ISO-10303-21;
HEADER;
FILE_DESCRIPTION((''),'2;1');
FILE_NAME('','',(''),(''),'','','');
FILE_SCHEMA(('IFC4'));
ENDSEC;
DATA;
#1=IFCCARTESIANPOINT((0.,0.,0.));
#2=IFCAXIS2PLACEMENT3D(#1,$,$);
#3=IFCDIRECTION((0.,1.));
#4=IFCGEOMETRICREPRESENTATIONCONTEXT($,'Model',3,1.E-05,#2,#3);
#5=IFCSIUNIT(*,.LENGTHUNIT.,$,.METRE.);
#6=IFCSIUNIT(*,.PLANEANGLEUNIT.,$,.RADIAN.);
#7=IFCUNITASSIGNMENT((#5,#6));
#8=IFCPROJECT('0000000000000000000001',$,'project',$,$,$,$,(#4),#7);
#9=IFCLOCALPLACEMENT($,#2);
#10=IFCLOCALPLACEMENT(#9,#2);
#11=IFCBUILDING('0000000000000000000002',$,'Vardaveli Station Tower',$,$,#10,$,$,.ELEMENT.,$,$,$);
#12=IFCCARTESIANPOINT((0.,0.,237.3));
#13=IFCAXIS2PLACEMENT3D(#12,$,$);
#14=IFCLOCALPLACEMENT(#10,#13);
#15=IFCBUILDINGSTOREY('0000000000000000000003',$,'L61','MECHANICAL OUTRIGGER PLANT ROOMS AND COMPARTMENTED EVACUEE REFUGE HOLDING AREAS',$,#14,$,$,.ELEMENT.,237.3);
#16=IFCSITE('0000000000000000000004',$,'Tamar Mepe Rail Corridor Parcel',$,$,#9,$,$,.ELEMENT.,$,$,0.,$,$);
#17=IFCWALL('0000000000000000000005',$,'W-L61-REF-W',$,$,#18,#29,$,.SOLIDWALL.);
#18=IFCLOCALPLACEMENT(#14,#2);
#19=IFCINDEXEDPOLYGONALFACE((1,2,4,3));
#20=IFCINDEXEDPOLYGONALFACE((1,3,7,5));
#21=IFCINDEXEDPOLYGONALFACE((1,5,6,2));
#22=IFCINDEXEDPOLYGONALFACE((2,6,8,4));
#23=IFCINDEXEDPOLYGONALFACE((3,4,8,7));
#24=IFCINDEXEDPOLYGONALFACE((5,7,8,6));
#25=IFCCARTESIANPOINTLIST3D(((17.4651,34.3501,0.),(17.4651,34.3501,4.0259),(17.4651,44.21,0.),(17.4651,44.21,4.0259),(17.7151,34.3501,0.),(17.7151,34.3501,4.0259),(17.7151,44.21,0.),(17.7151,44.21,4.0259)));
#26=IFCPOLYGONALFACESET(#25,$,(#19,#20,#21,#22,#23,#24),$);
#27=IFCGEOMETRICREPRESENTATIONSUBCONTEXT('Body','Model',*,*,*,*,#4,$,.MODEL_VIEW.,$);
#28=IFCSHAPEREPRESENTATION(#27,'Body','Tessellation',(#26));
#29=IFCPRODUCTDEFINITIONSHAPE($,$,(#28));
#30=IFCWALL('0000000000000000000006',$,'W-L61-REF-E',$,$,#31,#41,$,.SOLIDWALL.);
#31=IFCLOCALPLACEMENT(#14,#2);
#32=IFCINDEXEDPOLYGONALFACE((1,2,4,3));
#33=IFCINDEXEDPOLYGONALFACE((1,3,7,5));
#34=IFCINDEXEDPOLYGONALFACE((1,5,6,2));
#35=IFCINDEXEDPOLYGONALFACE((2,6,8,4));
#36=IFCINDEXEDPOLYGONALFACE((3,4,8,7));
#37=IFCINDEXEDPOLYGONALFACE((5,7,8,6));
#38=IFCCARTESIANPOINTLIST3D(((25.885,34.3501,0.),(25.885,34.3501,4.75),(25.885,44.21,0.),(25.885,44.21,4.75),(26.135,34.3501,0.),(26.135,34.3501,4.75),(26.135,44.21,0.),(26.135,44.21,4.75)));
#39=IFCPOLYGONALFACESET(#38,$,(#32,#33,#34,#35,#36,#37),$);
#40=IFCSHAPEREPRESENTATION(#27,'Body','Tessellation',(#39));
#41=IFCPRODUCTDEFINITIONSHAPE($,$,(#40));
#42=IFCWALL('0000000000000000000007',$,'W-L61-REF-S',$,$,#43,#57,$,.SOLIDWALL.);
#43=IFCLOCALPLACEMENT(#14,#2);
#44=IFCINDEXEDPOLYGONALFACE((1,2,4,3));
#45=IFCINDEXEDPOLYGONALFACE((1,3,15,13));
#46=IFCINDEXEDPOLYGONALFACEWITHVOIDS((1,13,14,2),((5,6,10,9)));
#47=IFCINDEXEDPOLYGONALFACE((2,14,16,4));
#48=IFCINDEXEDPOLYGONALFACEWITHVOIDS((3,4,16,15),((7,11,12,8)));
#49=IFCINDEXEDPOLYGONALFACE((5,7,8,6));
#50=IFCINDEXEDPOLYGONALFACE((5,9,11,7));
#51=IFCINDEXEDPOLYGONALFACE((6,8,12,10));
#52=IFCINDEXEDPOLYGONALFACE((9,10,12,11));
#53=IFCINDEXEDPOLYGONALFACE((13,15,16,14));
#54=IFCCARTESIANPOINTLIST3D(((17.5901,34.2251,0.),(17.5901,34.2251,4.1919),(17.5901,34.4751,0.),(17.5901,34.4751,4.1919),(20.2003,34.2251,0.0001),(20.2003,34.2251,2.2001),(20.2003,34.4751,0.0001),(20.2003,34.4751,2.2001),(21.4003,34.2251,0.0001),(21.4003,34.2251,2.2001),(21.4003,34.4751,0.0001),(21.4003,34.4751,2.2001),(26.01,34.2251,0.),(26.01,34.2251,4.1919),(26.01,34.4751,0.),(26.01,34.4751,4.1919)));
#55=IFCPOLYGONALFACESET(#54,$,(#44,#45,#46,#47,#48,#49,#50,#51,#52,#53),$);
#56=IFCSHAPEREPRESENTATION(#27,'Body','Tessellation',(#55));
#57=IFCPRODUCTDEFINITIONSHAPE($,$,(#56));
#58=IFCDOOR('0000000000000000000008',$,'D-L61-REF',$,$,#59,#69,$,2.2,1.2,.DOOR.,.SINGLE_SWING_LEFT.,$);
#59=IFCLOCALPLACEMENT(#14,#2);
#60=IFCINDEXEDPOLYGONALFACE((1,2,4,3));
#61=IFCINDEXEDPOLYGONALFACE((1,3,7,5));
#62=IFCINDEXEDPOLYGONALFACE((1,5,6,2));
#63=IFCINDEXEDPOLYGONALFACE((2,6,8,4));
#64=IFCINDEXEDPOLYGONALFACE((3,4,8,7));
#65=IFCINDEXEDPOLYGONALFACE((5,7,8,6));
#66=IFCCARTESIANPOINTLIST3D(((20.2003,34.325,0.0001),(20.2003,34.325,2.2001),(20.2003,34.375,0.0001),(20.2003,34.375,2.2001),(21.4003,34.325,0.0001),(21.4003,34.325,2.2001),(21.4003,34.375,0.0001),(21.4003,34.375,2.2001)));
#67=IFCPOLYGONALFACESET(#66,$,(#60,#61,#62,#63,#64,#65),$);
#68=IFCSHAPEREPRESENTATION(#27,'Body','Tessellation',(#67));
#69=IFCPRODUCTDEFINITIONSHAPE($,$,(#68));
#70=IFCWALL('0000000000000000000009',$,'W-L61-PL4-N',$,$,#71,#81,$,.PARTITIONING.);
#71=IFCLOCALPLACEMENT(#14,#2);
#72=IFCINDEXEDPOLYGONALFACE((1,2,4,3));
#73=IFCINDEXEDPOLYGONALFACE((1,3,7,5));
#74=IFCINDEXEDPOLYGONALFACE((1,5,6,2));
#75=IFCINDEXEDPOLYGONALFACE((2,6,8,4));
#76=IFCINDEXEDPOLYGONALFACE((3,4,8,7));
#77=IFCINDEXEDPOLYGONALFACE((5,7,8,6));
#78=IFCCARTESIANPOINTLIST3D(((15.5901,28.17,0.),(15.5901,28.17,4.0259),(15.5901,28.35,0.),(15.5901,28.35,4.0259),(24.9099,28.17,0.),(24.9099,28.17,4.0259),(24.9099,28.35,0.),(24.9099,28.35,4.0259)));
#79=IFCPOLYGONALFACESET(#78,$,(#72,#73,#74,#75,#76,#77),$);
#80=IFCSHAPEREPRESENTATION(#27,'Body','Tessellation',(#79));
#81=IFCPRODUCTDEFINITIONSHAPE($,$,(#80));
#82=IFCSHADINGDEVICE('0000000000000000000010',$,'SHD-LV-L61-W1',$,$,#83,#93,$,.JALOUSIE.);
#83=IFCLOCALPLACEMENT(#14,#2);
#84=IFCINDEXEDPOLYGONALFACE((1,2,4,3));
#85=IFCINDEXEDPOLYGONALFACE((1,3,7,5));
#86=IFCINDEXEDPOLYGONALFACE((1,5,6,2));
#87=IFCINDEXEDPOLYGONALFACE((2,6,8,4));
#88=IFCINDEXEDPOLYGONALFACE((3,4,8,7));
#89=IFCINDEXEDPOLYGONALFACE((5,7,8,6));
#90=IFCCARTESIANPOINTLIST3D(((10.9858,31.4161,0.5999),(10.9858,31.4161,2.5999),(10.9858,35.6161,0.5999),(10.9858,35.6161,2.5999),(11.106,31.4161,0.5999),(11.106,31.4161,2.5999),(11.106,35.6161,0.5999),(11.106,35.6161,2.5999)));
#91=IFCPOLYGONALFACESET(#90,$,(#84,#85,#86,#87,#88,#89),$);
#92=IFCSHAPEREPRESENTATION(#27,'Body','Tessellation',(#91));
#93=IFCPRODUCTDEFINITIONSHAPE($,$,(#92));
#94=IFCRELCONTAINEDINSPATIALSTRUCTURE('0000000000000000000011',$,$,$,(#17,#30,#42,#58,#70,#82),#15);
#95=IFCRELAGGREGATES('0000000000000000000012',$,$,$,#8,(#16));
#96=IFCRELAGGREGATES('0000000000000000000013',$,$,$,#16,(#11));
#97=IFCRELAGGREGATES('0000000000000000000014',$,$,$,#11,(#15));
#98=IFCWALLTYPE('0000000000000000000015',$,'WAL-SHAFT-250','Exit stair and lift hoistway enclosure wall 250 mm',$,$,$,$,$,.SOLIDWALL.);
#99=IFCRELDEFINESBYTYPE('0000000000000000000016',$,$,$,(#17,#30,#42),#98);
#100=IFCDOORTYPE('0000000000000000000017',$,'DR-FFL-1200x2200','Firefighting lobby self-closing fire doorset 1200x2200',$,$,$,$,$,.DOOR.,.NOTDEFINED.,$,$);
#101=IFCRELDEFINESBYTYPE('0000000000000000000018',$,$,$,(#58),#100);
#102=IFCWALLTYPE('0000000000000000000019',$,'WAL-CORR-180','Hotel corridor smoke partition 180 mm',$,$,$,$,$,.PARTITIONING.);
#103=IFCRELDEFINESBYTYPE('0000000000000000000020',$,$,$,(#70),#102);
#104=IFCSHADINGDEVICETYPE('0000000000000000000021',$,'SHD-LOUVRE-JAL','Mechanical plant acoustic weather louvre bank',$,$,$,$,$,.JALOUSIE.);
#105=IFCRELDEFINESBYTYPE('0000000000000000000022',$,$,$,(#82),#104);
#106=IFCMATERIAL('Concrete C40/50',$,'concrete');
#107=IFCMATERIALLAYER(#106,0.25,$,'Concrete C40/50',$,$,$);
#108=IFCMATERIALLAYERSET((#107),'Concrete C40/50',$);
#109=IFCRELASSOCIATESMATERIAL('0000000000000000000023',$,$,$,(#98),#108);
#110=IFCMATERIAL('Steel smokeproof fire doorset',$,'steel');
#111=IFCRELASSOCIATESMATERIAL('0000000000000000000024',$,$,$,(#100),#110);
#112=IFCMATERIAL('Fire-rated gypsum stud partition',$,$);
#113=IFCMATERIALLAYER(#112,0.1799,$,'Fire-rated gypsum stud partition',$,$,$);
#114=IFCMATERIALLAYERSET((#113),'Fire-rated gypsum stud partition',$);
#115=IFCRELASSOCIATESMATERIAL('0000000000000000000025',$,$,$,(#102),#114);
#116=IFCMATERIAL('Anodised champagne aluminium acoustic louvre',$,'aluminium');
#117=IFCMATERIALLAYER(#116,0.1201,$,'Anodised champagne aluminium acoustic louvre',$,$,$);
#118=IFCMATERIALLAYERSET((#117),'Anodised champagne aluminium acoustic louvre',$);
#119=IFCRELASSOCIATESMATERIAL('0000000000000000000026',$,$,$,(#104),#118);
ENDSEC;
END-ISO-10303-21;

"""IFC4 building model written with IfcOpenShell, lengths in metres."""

from ifc_helpers import new_model, si_unit, direction, frame, frame_2d, origin, origin_2d, place, context, subcontext, project, spatial, rectangle, extrude, source, transform, mapped, material, layer, layer_set, type_object, element, fill, save


model = new_model("IFC4")

# Units and contexts
model_context = context("Model", 3, precision=1e-05, world=origin(), true_north=direction((0.0, 1.0)))
body_context = subcontext(model_context, "Body", "Model", "MODEL_VIEW")
ifc_project = project(units=[si_unit("LENGTHUNIT", "METRE"), si_unit("PLANEANGLEUNIT", "RADIAN")], contexts=[model_context])

# Site, building, storey
site_placement = place(None, origin())
site = spatial("IfcSite", under=ifc_project, at=site_placement, Name="Tamar Mepe Rail Corridor Parcel", CompositionType="ELEMENT", RefElevation=0.0)
building_placement = place(site_placement, origin())
building = spatial("IfcBuilding", under=site, at=building_placement, Name="Vardaveli Station Tower", CompositionType="ELEMENT")
storey_placement = place(building_placement, frame((0.0, 0.0, 237.3)))
storey = spatial("IfcBuildingStorey", under=building, at=storey_placement, Name="L61", Description="MECHANICAL OUTRIGGER PLANT ROOMS AND COMPARTMENTED EVACUEE REFUGE HOLDING AREAS", CompositionType="ELEMENT", Elevation=237.3)

# Walls
ifc_material_1 = material(Name="Concrete C40/50", Category="concrete")
ifc_layer_1 = layer(ifc_material_1, 0.25, Name="Concrete C40/50")
ifc_layer_set_1 = layer_set([ifc_layer_1], Name="Concrete C40/50")
wall_type_1 = type_object("IfcWallType", Name="WAL-SHAFT-250", Description="Exit stair and lift hoistway enclosure wall 250 mm", PredefinedType="SOLIDWALL", material=ifc_layer_set_1)
shared_shape_1 = source(origin(), body_context, "Body", "SweptSolid", [
    extrude(rectangle(XDim=9.8599, YDim=0.25, at=frame_2d((4.9299, 0.0))), origin(), (0.0, 0.0, 1.0), 4.0259),
])
wall_1_placement = place(storey_placement, frame((17.5901, 34.3501, 0.0), z_axis=(0.0, 0.0, 1.0), x_axis=(0.0, 1.0, 0.0)))
element("IfcWall", 1, at=wall_1_placement, inside=storey, type_object=wall_type_1, Name="W-L61-REF-W", PredefinedType="SOLIDWALL", context=body_context, shape_type="MappedRepresentation", body=[
    mapped(shared_shape_1, transform((0.0, 0.0, 0.0), scale=1.0)),
])
shared_shape_2 = source(origin(), body_context, "Body", "SweptSolid", [
    extrude(rectangle(XDim=9.8599, YDim=0.25, at=frame_2d((4.9299, 0.0))), origin(), (0.0, 0.0, 1.0), 4.75),
])
wall_2_placement = place(storey_placement, frame((26.01, 34.3501, 0.0), z_axis=(0.0, 0.0, 1.0), x_axis=(0.0, 1.0, 0.0)))
element("IfcWall", 2, at=wall_2_placement, inside=storey, type_object=wall_type_1, Name="W-L61-REF-E", PredefinedType="SOLIDWALL", context=body_context, shape_type="MappedRepresentation", body=[
    mapped(shared_shape_2, transform((0.0, 0.0, 0.0), scale=1.0)),
])

# Wall, opening, door
shared_shape_3 = source(origin(), body_context, "Body", "SweptSolid", [
    extrude(rectangle(XDim=8.4199, YDim=0.25, at=frame_2d((4.21, 0.0))), origin(), (0.0, 0.0, 1.0), 4.1919),
])
wall_3_placement = place(storey_placement, frame((17.5901, 34.3501, 0.0), z_axis=(0.0, 0.0, 1.0), x_axis=(1.0, 0.0, 0.0)))
wall_3 = element("IfcWall", 3, at=wall_3_placement, inside=storey, type_object=wall_type_1, Name="W-L61-REF-S", PredefinedType="SOLIDWALL", context=body_context, shape_type="MappedRepresentation", body=[
    mapped(shared_shape_3, transform((0.0, 0.0, 0.0), scale=1.0)),
])
shared_shape_4 = source(origin(), body_context, "Body", "SweptSolid", [
    extrude(rectangle(XDim=1.2, YDim=2.2, at=frame_2d((0.6001, 1.1001))), frame((0.0, 0.135, 0.0), z_axis=(0.0, -1.0, 0.0), x_axis=(1.0, 0.0, 0.0)), (0.0, 0.0, 1.0), 0.27),
])
opening_placement = place(wall_3_placement, frame((2.6101, 0.0, 0.0)))
opening = element("IfcOpeningElement", 4, at=opening_placement, cuts=wall_3, PredefinedType="OPENING", context=body_context, shape_type="MappedRepresentation", body=[
    mapped(shared_shape_4, transform((0.0, 0.0, 0.0), scale=1.0)),
])
ifc_material_2 = material(Name="Steel smokeproof fire doorset", Category="steel")
door_type = type_object("IfcDoorType", Name="DR-FFL-1200x2200", Description="Firefighting lobby self-closing fire doorset 1200x2200", OperationType="NOTDEFINED", PredefinedType="DOOR", material=ifc_material_2)
shared_shape_5 = source(origin(), body_context, "Body", "SweptSolid", [
    extrude(rectangle(XDim=1.2, YDim=2.2, at=frame_2d((0.6001, 1.1001))), frame((0.0, 0.0249, 0.0), z_axis=(0.0, -1.0, 0.0), x_axis=(1.0, 0.0, 0.0)), (0.0, 0.0, 1.0), 0.05),
])
door_placement = place(opening_placement, origin())
door = element("IfcDoor", 5, at=door_placement, inside=storey, type_object=door_type, Name="D-L61-REF", OperationType="SINGLE_SWING_LEFT", OverallHeight=2.2, OverallWidth=1.2, PredefinedType="DOOR", context=body_context, shape_type="MappedRepresentation", body=[
    mapped(shared_shape_5, transform((0.0, 0.0, 0.0), scale=1.0)),
])
fill(opening, door)

# Wall
ifc_material_3 = material(Name="Fire-rated gypsum stud partition")
ifc_layer_2 = layer(ifc_material_3, 0.1799, Name="Fire-rated gypsum stud partition")
ifc_layer_set_2 = layer_set([ifc_layer_2], Name="Fire-rated gypsum stud partition")
wall_type_2 = type_object("IfcWallType", Name="WAL-CORR-180", Description="Hotel corridor smoke partition 180 mm", PredefinedType="PARTITIONING", material=ifc_layer_set_2)
shared_shape_6 = source(origin(), body_context, "Body", "SweptSolid", [
    extrude(rectangle(XDim=9.3198, YDim=0.1799, at=frame_2d((4.6599, 0.0))), origin(), (0.0, 0.0, 1.0), 4.0259),
])
wall_4_placement = place(storey_placement, frame((15.5901, 28.26, 0.0), z_axis=(0.0, 0.0, 1.0), x_axis=(1.0, 0.0, 0.0)))
element("IfcWall", 6, at=wall_4_placement, inside=storey, type_object=wall_type_2, Name="W-L61-PL4-N", PredefinedType="PARTITIONING", context=body_context, shape_type="MappedRepresentation", body=[
    mapped(shared_shape_6, transform((0.0, 0.0, 0.0), scale=1.0)),
])

# Shading device
ifc_material_4 = material(Name="Anodised champagne aluminium acoustic louvre", Category="aluminium")
ifc_layer_3 = layer(ifc_material_4, 0.1201, Name="Anodised champagne aluminium acoustic louvre")
ifc_layer_set_3 = layer_set([ifc_layer_3], Name="Anodised champagne aluminium acoustic louvre")
shading_device_type = type_object("IfcShadingDeviceType", Name="SHD-LOUVRE-JAL", Description="Mechanical plant acoustic weather louvre bank", PredefinedType="JALOUSIE", material=ifc_layer_set_3)
shared_shape_7 = source(origin(), body_context, "Body", "SweptSolid", [
    extrude(rectangle(XDim=4.2, YDim=0.1201, at=origin_2d()), origin(), (0.0, 0.0, 1.0), 2.0),
])
shading_device_placement = place(storey_placement, frame((11.0459, 33.5161, 0.5999), z_axis=(0.0, 0.0, 1.0), x_axis=(0.0, 1.0, 0.0)))
element("IfcShadingDevice", 7, at=shading_device_placement, inside=storey, type_object=shading_device_type, Name="SHD-LV-L61-W1", PredefinedType="JALOUSIE", context=body_context, shape_type="MappedRepresentation", body=[
    mapped(shared_shape_7, transform((0.0, 0.0, 0.0), scale=1.0)),
])

save(model, "model.ifc")
